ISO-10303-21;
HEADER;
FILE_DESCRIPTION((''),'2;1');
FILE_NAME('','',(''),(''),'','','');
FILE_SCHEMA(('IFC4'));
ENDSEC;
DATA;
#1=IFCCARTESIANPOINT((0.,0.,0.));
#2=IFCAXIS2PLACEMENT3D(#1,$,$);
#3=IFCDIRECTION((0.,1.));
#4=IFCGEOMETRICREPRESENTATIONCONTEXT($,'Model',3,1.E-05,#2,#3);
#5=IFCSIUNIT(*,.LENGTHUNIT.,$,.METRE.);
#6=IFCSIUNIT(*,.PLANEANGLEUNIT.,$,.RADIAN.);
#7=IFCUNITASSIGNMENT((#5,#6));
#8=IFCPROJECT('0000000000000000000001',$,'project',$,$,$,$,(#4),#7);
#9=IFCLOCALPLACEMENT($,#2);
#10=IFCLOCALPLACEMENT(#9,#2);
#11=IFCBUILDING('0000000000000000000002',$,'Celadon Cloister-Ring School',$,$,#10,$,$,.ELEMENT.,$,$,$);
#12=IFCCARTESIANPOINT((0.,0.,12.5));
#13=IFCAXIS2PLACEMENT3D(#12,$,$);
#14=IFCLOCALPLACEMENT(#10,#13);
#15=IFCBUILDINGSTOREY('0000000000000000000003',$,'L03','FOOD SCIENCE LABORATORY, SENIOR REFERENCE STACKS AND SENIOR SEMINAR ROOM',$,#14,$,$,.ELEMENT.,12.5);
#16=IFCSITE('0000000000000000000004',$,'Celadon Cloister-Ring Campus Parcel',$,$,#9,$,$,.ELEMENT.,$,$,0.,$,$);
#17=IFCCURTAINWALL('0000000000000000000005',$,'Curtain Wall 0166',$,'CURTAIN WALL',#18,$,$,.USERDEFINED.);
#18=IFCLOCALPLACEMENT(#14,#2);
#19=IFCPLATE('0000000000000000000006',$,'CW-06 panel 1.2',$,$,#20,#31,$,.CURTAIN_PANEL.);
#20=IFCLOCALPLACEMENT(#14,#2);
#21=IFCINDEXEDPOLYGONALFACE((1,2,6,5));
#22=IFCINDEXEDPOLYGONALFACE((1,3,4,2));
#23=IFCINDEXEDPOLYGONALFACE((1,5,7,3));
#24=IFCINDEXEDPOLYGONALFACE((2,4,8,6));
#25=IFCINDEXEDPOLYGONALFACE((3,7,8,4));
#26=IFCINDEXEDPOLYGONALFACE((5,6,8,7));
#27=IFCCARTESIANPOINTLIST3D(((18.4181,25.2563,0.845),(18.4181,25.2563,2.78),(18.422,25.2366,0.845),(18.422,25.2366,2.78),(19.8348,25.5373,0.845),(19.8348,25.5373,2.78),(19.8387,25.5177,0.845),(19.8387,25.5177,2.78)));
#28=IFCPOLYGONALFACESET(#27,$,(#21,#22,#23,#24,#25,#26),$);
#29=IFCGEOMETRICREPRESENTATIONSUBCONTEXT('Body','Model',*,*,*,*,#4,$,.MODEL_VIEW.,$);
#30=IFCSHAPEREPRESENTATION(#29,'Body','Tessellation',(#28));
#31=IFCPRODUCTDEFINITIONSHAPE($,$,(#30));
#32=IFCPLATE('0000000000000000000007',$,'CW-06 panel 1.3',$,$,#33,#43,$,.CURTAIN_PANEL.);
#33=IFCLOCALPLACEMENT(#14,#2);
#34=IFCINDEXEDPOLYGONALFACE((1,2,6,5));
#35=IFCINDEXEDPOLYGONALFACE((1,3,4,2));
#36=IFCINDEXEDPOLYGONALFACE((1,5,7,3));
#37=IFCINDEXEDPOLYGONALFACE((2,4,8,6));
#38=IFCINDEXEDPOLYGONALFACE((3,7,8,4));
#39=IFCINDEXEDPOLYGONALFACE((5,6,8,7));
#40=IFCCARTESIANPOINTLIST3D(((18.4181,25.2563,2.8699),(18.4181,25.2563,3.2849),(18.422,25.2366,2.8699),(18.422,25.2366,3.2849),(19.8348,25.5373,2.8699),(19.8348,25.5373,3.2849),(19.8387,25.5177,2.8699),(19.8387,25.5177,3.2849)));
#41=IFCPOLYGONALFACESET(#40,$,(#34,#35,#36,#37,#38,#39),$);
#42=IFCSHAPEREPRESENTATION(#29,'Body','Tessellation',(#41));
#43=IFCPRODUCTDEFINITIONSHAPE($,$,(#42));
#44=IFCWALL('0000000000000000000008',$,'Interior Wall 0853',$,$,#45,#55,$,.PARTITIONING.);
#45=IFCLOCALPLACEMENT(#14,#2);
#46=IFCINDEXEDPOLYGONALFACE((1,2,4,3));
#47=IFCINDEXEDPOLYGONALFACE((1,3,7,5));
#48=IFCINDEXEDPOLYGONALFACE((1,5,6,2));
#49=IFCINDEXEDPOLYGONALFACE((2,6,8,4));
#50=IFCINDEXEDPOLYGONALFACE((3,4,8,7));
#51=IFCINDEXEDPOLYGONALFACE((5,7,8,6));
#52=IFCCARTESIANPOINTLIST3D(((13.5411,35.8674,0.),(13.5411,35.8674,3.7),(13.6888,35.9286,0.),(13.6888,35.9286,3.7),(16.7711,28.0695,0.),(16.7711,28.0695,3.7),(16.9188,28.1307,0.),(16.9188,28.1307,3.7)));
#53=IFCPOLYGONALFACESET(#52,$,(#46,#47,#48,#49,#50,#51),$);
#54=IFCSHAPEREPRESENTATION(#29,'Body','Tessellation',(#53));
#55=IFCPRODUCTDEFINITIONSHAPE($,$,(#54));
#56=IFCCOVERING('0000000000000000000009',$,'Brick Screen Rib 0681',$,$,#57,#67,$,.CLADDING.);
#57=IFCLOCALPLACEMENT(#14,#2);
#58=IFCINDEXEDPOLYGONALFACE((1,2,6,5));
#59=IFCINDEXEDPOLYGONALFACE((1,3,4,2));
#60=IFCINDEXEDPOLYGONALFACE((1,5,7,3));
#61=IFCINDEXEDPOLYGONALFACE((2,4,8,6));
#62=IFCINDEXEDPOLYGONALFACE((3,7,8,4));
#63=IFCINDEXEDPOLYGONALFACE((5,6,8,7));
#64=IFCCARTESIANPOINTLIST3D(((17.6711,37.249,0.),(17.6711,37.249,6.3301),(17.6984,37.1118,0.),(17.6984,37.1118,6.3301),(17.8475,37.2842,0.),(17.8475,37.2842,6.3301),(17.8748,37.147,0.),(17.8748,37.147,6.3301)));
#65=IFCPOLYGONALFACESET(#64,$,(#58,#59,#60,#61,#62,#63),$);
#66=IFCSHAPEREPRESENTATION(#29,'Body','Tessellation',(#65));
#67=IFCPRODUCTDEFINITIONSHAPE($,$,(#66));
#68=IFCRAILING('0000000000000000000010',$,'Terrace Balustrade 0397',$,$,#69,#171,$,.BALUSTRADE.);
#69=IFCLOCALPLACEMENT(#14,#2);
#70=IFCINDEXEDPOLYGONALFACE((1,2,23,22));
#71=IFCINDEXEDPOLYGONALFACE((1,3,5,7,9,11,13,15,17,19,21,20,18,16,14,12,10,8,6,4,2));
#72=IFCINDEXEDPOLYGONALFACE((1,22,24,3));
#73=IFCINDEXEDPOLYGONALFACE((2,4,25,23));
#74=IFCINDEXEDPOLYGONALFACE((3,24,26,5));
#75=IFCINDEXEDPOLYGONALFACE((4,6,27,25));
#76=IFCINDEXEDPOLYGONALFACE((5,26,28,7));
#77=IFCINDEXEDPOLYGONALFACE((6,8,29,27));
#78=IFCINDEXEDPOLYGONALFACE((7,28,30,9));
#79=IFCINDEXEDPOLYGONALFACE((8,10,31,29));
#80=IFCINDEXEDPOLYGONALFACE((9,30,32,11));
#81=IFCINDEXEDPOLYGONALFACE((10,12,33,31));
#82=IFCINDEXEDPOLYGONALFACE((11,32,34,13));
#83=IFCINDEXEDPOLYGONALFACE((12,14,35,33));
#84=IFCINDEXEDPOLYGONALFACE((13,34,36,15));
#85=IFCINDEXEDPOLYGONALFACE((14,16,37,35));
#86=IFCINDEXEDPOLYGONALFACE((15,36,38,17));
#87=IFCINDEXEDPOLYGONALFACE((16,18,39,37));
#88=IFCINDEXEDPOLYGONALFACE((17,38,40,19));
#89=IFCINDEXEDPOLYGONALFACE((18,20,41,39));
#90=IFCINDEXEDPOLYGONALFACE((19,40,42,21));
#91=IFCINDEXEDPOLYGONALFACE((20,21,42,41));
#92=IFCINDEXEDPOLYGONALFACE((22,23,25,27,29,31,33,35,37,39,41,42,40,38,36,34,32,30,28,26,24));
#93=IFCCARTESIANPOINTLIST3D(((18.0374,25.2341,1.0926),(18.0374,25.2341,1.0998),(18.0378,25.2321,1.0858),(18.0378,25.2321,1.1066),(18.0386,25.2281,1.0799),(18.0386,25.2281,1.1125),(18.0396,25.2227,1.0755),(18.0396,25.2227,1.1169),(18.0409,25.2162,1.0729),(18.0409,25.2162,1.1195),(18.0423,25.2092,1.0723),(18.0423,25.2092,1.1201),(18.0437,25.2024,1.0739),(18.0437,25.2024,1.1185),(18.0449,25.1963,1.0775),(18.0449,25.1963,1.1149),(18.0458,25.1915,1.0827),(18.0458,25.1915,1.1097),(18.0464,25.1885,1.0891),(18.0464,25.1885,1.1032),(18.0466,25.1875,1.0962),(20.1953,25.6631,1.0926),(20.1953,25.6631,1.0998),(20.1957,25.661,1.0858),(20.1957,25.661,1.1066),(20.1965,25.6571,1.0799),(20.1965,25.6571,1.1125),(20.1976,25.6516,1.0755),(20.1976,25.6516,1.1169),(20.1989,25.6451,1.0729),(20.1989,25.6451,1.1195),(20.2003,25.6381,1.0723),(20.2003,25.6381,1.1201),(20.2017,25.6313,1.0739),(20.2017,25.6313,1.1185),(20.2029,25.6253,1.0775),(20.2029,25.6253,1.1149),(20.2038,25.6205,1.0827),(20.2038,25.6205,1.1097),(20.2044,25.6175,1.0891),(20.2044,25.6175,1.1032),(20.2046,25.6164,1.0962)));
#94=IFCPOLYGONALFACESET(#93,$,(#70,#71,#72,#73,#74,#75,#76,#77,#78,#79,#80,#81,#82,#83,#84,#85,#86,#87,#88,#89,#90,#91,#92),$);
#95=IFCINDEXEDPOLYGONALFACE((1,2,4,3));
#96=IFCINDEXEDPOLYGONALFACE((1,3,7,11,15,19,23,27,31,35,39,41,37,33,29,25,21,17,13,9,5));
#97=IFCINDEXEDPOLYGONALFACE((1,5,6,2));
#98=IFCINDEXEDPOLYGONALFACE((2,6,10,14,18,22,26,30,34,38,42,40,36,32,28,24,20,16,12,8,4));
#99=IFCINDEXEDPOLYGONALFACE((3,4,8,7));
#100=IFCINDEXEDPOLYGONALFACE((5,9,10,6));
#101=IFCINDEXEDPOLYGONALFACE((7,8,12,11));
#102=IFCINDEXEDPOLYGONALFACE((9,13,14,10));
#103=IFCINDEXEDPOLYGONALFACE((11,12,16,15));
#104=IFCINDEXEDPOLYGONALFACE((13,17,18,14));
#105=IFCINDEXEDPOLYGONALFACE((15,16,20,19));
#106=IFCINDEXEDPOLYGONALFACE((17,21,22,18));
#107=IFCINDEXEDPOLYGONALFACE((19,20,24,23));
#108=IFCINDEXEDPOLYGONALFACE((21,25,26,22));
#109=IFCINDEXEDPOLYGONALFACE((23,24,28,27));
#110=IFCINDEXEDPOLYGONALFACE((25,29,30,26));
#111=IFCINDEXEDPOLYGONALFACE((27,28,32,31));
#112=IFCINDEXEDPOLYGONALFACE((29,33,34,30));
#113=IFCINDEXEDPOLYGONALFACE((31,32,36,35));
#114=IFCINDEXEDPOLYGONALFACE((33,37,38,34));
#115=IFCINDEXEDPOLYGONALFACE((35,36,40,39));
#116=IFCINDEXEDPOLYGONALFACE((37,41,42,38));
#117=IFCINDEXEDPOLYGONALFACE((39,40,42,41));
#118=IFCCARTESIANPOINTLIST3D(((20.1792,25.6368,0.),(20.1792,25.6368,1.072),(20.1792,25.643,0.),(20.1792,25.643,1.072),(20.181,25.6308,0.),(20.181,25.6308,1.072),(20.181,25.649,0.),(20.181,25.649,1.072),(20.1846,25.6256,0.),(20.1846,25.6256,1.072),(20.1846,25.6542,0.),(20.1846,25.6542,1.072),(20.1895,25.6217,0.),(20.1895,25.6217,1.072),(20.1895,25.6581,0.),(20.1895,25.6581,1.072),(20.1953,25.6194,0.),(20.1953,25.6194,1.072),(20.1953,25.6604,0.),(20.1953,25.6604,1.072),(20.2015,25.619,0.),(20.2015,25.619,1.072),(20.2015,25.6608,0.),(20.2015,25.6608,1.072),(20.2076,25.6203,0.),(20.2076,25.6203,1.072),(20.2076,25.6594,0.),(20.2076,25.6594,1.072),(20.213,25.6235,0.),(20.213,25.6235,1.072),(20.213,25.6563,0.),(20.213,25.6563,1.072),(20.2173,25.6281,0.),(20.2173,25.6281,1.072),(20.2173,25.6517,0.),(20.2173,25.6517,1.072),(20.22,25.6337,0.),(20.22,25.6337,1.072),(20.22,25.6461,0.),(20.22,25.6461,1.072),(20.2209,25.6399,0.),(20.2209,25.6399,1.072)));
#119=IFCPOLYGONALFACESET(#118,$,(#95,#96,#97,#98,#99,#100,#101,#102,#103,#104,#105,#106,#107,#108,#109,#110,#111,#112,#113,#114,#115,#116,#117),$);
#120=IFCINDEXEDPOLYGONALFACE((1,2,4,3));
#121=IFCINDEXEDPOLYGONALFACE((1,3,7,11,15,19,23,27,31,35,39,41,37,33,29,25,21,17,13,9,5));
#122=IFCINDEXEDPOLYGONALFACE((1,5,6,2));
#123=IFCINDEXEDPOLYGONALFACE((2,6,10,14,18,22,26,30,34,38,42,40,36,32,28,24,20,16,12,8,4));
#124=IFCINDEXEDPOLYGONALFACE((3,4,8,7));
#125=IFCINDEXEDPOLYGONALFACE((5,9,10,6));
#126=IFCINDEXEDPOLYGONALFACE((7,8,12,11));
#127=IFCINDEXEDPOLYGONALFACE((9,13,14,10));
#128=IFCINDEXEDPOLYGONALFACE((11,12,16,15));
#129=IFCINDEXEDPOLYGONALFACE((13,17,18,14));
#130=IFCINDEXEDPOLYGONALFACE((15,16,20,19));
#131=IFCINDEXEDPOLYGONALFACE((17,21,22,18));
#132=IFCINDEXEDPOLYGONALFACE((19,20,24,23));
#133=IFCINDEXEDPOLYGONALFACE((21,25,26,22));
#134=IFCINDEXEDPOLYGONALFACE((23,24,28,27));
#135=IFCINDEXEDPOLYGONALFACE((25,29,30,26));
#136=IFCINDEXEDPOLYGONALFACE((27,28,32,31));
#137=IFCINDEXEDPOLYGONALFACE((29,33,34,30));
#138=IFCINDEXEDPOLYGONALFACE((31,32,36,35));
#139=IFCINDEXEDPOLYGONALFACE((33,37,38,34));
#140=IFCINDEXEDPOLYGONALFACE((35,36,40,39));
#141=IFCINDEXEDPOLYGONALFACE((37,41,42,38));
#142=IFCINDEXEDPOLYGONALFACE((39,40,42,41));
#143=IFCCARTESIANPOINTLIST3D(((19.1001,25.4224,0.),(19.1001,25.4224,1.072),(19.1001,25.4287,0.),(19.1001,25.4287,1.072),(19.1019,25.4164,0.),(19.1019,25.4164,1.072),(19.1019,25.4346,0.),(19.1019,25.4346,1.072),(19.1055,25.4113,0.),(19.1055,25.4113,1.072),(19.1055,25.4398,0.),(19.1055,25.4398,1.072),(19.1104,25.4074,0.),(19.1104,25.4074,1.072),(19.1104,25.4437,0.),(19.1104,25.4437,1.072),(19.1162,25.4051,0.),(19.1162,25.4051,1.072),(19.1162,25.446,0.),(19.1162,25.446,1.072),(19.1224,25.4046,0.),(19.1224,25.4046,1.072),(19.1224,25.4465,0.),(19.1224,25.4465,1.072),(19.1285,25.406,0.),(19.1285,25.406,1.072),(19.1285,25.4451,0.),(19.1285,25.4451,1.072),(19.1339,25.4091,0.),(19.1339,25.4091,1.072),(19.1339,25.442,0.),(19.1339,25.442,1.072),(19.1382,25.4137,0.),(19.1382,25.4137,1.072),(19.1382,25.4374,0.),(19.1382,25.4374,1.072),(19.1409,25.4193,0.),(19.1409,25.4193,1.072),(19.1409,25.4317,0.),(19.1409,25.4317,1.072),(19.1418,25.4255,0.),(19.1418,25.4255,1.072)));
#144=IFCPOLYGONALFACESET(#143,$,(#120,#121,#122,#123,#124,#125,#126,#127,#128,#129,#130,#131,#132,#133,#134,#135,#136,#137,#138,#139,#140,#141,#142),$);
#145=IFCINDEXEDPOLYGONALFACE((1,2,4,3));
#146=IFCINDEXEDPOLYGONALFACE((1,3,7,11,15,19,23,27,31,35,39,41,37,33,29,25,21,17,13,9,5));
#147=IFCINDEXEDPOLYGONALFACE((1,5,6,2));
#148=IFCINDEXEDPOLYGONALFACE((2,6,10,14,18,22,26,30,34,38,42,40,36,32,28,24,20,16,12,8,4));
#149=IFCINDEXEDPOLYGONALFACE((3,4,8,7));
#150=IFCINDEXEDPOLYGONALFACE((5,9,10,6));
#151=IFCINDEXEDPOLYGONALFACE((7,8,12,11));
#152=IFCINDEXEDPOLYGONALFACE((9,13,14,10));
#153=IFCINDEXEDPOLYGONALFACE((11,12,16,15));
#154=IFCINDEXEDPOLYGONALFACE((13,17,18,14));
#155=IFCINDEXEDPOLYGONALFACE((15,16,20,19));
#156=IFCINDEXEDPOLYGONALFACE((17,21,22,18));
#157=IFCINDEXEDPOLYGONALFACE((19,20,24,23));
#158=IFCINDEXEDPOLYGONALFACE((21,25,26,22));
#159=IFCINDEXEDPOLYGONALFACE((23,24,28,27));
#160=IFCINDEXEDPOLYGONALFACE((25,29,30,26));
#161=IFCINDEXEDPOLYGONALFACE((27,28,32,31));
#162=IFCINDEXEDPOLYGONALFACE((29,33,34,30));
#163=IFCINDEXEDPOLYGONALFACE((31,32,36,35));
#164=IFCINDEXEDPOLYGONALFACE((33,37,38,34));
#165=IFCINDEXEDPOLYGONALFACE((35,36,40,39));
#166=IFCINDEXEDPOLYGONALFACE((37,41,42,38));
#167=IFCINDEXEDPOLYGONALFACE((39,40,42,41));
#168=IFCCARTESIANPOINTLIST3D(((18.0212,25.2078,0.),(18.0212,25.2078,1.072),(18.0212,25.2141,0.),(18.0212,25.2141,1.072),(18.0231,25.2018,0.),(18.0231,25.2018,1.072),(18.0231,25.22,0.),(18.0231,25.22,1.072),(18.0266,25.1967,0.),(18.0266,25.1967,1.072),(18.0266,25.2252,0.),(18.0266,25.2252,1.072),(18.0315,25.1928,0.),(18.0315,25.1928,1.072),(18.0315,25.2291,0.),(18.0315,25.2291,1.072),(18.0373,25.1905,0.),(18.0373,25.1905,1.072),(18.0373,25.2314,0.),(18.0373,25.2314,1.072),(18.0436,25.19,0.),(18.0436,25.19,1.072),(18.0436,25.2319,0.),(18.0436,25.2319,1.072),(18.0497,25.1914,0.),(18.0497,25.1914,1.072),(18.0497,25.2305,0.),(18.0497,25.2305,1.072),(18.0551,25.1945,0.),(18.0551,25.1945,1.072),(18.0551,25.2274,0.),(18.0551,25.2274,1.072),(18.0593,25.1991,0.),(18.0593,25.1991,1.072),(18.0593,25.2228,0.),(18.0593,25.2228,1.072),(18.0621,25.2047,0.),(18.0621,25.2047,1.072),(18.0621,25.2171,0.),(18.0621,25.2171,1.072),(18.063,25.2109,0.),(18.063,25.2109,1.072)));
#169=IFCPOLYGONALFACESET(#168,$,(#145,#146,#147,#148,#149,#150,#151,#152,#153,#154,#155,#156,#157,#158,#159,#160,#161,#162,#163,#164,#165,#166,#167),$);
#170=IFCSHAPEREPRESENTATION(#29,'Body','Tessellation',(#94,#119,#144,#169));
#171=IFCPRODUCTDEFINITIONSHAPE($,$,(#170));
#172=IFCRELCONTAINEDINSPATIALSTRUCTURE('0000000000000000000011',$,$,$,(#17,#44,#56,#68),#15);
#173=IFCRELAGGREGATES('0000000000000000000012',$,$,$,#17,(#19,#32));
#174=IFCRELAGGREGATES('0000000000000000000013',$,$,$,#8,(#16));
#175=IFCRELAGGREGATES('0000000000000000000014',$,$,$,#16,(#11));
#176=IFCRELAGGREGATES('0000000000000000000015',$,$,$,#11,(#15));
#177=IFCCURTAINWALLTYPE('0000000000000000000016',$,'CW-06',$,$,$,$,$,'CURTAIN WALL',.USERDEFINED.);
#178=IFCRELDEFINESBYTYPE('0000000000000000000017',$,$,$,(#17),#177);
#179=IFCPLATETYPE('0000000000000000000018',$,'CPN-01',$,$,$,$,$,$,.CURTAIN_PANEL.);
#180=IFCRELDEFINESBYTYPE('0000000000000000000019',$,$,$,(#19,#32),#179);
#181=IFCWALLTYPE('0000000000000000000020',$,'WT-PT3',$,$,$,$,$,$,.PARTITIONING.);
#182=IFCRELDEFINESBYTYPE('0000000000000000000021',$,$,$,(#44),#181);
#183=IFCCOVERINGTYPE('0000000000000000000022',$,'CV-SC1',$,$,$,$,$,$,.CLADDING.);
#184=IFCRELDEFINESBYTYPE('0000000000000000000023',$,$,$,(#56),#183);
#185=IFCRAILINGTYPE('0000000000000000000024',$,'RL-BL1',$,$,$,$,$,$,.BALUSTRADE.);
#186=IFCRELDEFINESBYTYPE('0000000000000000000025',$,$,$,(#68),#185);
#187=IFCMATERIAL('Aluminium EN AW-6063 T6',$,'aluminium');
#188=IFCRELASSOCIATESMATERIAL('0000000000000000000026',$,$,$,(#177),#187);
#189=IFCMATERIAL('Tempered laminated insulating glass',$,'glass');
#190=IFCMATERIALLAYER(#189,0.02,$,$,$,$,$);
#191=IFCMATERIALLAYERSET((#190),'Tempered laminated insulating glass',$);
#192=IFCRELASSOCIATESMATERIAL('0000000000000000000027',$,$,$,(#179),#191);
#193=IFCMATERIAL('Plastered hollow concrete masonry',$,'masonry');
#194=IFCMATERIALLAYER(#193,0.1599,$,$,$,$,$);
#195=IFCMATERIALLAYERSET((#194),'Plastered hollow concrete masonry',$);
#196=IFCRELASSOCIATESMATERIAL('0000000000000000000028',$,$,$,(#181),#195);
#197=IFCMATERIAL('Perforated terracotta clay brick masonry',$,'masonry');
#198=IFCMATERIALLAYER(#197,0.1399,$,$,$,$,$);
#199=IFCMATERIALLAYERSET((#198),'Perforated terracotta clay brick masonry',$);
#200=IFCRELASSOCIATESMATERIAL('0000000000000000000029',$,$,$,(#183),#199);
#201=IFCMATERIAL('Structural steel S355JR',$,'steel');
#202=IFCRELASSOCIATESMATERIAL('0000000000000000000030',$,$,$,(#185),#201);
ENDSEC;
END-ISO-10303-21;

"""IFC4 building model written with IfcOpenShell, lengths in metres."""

from ifc_helpers import new_model, si_unit, direction, frame, frame_2d, origin, origin_2d, place, context, subcontext, project, spatial, rectangle, circle, extrude, material, layer, layer_set, type_object, element, aggregate, save


model = new_model("IFC4")

# Units and contexts
model_context = context("Model", 3, precision=1e-05, world=origin(), true_north=direction((0.0, 1.0)))
body_context = subcontext(model_context, "Body", "Model", "MODEL_VIEW")
ifc_project = project(units=[si_unit("LENGTHUNIT", "METRE"), si_unit("PLANEANGLEUNIT", "RADIAN")], contexts=[model_context])

# Site, building, storey
site_placement = place(None, origin())
site = spatial("IfcSite", under=ifc_project, at=site_placement, Name="Celadon Cloister-Ring Campus Parcel", CompositionType="ELEMENT", RefElevation=0.0)
building_placement = place(site_placement, origin())
building = spatial("IfcBuilding", under=site, at=building_placement, Name="Celadon Cloister-Ring School", CompositionType="ELEMENT")
storey_placement = place(building_placement, frame((0.0, 0.0, 12.5)))
storey = spatial("IfcBuildingStorey", under=building, at=storey_placement, Name="L03", Description="FOOD SCIENCE LABORATORY, SENIOR REFERENCE STACKS AND SENIOR SEMINAR ROOM", CompositionType="ELEMENT", Elevation=12.5)

# Curtain wall
ifc_material_1 = material(Name="Aluminium EN AW-6063 T6", Category="aluminium")
curtain_wall_type = type_object("IfcCurtainWallType", Name="CW-06", ElementType="CURTAIN WALL", PredefinedType="USERDEFINED", material=ifc_material_1)
curtain_wall_1_placement = place(storey_placement, origin())
curtain_wall_1 = element("IfcCurtainWall", 1, at=curtain_wall_1_placement, inside=storey, type_object=curtain_wall_type, Name="Curtain Wall 0166", ObjectType="CURTAIN WALL", PredefinedType="USERDEFINED")

# Plates
ifc_material_2 = material(Name="Tempered laminated insulating glass", Category="glass")
ifc_layer_1 = layer(ifc_material_2, 0.02)
ifc_layer_set_1 = layer_set([ifc_layer_1], Name="Tempered laminated insulating glass")
plate_type = type_object("IfcPlateType", Name="CPN-01", PredefinedType="CURTAIN_PANEL", material=ifc_layer_set_1)
plate_1_placement = place(storey_placement, frame((19.1284, 25.387, 0.845), z_axis=(0.0, 0.0, 1.0), x_axis=(-0.980885, -0.194586, 0.0)))
plate_1 = element("IfcPlate", 2, at=plate_1_placement, type_object=plate_type, Name="CW-06 panel 1.2", PredefinedType="CURTAIN_PANEL", context=body_context, shape_type="SweptSolid", body=[
    extrude(rectangle(XDim=1.4443, YDim=0.02, at=origin_2d()), origin(), (0.0, 0.0, 1.0), 1.9351),
])
plate_2_placement = place(storey_placement, frame((19.1284, 25.387, 2.8699), z_axis=(0.0, 0.0, 1.0), x_axis=(-0.980885, -0.194586, 0.0)))
plate_2 = element("IfcPlate", 3, at=plate_2_placement, type_object=plate_type, Name="CW-06 panel 1.3", PredefinedType="CURTAIN_PANEL", context=body_context, shape_type="SweptSolid", body=[
    extrude(rectangle(XDim=1.4443, YDim=0.02, at=origin_2d()), origin(), (0.0, 0.0, 1.0), 0.415),
])
aggregate(curtain_wall_1, [plate_1, plate_2])

# Wall
ifc_material_3 = material(Name="Plastered hollow concrete masonry", Category="masonry")
ifc_layer_2 = layer(ifc_material_3, 0.1599)
ifc_layer_set_2 = layer_set([ifc_layer_2], Name="Plastered hollow concrete masonry")
wall_type = type_object("IfcWallType", Name="WT-PT3", PredefinedType="PARTITIONING", material=ifc_layer_set_2)
wall_placement = place(storey_placement, frame((16.845, 28.1001, 0.0), z_axis=(0.0, 0.0, 1.0), x_axis=(-0.382684, 0.923879, 0.0)))
element("IfcWall", 4, at=wall_placement, inside=storey, type_object=wall_type, Name="Interior Wall 0853", PredefinedType="PARTITIONING", context=body_context, shape_type="SweptSolid", body=[
    extrude(rectangle(XDim=8.4404, YDim=0.1599, at=frame_2d((4.2202, 0.0))), origin(), (0.0, 0.0, 1.0), 3.7),
])

# Covering
ifc_material_4 = material(Name="Perforated terracotta clay brick masonry", Category="masonry")
ifc_layer_3 = layer(ifc_material_4, 0.1399)
ifc_layer_set_3 = layer_set([ifc_layer_3], Name="Perforated terracotta clay brick masonry")
covering_type = type_object("IfcCoveringType", Name="CV-SC1", PredefinedType="CLADDING", material=ifc_layer_set_3)
covering_placement = place(storey_placement, frame((17.7729, 37.198, 0.0), z_axis=(0.0, 0.0, 1.0), x_axis=(0.980775, 0.195142, 0.0)))
element("IfcCovering", 5, at=covering_placement, inside=storey, type_object=covering_type, Name="Brick Screen Rib 0681", PredefinedType="CLADDING", context=body_context, shape_type="SweptSolid", body=[
    extrude(rectangle(XDim=0.1799, YDim=0.1399, at=origin_2d()), origin(), (0.0, 0.0, 1.0), 6.3301),
])

# Railing
ifc_material_5 = material(Name="Structural steel S355JR", Category="steel")
railing_type = type_object("IfcRailingType", Name="RL-BL1", PredefinedType="BALUSTRADE", material=ifc_material_5)
railing_1_placement = place(storey_placement, frame((20.2, 25.6399, 0.0)))
element("IfcRailing", 6, at=railing_1_placement, inside=storey, type_object=railing_type, Name="Terrace Balustrade 0397", PredefinedType="BALUSTRADE", context=body_context, shape_type="SweptSolid", body=[
    extrude(circle(Radius=0.0239, at=origin_2d()), frame((0.0, 0.0, 1.0962), z_axis=(-0.98081, -0.194964, 0.0), x_axis=(0.194964, -0.98081, 0.0)), (0.0, 0.0, 1.0), 2.2002),
    extrude(circle(Radius=0.021, at=origin_2d()), origin(), (0.0, 0.0, 1.0), 1.072),
    extrude(circle(Radius=0.021, at=origin_2d()), frame((-1.0791, -0.2144, 0.0)), (0.0, 0.0, 1.0), 1.072),
    extrude(circle(Radius=0.021, at=origin_2d()), frame((-2.158, -0.429, 0.0)), (0.0, 0.0, 1.0), 1.072),
])

save(model, "model.ifc")
